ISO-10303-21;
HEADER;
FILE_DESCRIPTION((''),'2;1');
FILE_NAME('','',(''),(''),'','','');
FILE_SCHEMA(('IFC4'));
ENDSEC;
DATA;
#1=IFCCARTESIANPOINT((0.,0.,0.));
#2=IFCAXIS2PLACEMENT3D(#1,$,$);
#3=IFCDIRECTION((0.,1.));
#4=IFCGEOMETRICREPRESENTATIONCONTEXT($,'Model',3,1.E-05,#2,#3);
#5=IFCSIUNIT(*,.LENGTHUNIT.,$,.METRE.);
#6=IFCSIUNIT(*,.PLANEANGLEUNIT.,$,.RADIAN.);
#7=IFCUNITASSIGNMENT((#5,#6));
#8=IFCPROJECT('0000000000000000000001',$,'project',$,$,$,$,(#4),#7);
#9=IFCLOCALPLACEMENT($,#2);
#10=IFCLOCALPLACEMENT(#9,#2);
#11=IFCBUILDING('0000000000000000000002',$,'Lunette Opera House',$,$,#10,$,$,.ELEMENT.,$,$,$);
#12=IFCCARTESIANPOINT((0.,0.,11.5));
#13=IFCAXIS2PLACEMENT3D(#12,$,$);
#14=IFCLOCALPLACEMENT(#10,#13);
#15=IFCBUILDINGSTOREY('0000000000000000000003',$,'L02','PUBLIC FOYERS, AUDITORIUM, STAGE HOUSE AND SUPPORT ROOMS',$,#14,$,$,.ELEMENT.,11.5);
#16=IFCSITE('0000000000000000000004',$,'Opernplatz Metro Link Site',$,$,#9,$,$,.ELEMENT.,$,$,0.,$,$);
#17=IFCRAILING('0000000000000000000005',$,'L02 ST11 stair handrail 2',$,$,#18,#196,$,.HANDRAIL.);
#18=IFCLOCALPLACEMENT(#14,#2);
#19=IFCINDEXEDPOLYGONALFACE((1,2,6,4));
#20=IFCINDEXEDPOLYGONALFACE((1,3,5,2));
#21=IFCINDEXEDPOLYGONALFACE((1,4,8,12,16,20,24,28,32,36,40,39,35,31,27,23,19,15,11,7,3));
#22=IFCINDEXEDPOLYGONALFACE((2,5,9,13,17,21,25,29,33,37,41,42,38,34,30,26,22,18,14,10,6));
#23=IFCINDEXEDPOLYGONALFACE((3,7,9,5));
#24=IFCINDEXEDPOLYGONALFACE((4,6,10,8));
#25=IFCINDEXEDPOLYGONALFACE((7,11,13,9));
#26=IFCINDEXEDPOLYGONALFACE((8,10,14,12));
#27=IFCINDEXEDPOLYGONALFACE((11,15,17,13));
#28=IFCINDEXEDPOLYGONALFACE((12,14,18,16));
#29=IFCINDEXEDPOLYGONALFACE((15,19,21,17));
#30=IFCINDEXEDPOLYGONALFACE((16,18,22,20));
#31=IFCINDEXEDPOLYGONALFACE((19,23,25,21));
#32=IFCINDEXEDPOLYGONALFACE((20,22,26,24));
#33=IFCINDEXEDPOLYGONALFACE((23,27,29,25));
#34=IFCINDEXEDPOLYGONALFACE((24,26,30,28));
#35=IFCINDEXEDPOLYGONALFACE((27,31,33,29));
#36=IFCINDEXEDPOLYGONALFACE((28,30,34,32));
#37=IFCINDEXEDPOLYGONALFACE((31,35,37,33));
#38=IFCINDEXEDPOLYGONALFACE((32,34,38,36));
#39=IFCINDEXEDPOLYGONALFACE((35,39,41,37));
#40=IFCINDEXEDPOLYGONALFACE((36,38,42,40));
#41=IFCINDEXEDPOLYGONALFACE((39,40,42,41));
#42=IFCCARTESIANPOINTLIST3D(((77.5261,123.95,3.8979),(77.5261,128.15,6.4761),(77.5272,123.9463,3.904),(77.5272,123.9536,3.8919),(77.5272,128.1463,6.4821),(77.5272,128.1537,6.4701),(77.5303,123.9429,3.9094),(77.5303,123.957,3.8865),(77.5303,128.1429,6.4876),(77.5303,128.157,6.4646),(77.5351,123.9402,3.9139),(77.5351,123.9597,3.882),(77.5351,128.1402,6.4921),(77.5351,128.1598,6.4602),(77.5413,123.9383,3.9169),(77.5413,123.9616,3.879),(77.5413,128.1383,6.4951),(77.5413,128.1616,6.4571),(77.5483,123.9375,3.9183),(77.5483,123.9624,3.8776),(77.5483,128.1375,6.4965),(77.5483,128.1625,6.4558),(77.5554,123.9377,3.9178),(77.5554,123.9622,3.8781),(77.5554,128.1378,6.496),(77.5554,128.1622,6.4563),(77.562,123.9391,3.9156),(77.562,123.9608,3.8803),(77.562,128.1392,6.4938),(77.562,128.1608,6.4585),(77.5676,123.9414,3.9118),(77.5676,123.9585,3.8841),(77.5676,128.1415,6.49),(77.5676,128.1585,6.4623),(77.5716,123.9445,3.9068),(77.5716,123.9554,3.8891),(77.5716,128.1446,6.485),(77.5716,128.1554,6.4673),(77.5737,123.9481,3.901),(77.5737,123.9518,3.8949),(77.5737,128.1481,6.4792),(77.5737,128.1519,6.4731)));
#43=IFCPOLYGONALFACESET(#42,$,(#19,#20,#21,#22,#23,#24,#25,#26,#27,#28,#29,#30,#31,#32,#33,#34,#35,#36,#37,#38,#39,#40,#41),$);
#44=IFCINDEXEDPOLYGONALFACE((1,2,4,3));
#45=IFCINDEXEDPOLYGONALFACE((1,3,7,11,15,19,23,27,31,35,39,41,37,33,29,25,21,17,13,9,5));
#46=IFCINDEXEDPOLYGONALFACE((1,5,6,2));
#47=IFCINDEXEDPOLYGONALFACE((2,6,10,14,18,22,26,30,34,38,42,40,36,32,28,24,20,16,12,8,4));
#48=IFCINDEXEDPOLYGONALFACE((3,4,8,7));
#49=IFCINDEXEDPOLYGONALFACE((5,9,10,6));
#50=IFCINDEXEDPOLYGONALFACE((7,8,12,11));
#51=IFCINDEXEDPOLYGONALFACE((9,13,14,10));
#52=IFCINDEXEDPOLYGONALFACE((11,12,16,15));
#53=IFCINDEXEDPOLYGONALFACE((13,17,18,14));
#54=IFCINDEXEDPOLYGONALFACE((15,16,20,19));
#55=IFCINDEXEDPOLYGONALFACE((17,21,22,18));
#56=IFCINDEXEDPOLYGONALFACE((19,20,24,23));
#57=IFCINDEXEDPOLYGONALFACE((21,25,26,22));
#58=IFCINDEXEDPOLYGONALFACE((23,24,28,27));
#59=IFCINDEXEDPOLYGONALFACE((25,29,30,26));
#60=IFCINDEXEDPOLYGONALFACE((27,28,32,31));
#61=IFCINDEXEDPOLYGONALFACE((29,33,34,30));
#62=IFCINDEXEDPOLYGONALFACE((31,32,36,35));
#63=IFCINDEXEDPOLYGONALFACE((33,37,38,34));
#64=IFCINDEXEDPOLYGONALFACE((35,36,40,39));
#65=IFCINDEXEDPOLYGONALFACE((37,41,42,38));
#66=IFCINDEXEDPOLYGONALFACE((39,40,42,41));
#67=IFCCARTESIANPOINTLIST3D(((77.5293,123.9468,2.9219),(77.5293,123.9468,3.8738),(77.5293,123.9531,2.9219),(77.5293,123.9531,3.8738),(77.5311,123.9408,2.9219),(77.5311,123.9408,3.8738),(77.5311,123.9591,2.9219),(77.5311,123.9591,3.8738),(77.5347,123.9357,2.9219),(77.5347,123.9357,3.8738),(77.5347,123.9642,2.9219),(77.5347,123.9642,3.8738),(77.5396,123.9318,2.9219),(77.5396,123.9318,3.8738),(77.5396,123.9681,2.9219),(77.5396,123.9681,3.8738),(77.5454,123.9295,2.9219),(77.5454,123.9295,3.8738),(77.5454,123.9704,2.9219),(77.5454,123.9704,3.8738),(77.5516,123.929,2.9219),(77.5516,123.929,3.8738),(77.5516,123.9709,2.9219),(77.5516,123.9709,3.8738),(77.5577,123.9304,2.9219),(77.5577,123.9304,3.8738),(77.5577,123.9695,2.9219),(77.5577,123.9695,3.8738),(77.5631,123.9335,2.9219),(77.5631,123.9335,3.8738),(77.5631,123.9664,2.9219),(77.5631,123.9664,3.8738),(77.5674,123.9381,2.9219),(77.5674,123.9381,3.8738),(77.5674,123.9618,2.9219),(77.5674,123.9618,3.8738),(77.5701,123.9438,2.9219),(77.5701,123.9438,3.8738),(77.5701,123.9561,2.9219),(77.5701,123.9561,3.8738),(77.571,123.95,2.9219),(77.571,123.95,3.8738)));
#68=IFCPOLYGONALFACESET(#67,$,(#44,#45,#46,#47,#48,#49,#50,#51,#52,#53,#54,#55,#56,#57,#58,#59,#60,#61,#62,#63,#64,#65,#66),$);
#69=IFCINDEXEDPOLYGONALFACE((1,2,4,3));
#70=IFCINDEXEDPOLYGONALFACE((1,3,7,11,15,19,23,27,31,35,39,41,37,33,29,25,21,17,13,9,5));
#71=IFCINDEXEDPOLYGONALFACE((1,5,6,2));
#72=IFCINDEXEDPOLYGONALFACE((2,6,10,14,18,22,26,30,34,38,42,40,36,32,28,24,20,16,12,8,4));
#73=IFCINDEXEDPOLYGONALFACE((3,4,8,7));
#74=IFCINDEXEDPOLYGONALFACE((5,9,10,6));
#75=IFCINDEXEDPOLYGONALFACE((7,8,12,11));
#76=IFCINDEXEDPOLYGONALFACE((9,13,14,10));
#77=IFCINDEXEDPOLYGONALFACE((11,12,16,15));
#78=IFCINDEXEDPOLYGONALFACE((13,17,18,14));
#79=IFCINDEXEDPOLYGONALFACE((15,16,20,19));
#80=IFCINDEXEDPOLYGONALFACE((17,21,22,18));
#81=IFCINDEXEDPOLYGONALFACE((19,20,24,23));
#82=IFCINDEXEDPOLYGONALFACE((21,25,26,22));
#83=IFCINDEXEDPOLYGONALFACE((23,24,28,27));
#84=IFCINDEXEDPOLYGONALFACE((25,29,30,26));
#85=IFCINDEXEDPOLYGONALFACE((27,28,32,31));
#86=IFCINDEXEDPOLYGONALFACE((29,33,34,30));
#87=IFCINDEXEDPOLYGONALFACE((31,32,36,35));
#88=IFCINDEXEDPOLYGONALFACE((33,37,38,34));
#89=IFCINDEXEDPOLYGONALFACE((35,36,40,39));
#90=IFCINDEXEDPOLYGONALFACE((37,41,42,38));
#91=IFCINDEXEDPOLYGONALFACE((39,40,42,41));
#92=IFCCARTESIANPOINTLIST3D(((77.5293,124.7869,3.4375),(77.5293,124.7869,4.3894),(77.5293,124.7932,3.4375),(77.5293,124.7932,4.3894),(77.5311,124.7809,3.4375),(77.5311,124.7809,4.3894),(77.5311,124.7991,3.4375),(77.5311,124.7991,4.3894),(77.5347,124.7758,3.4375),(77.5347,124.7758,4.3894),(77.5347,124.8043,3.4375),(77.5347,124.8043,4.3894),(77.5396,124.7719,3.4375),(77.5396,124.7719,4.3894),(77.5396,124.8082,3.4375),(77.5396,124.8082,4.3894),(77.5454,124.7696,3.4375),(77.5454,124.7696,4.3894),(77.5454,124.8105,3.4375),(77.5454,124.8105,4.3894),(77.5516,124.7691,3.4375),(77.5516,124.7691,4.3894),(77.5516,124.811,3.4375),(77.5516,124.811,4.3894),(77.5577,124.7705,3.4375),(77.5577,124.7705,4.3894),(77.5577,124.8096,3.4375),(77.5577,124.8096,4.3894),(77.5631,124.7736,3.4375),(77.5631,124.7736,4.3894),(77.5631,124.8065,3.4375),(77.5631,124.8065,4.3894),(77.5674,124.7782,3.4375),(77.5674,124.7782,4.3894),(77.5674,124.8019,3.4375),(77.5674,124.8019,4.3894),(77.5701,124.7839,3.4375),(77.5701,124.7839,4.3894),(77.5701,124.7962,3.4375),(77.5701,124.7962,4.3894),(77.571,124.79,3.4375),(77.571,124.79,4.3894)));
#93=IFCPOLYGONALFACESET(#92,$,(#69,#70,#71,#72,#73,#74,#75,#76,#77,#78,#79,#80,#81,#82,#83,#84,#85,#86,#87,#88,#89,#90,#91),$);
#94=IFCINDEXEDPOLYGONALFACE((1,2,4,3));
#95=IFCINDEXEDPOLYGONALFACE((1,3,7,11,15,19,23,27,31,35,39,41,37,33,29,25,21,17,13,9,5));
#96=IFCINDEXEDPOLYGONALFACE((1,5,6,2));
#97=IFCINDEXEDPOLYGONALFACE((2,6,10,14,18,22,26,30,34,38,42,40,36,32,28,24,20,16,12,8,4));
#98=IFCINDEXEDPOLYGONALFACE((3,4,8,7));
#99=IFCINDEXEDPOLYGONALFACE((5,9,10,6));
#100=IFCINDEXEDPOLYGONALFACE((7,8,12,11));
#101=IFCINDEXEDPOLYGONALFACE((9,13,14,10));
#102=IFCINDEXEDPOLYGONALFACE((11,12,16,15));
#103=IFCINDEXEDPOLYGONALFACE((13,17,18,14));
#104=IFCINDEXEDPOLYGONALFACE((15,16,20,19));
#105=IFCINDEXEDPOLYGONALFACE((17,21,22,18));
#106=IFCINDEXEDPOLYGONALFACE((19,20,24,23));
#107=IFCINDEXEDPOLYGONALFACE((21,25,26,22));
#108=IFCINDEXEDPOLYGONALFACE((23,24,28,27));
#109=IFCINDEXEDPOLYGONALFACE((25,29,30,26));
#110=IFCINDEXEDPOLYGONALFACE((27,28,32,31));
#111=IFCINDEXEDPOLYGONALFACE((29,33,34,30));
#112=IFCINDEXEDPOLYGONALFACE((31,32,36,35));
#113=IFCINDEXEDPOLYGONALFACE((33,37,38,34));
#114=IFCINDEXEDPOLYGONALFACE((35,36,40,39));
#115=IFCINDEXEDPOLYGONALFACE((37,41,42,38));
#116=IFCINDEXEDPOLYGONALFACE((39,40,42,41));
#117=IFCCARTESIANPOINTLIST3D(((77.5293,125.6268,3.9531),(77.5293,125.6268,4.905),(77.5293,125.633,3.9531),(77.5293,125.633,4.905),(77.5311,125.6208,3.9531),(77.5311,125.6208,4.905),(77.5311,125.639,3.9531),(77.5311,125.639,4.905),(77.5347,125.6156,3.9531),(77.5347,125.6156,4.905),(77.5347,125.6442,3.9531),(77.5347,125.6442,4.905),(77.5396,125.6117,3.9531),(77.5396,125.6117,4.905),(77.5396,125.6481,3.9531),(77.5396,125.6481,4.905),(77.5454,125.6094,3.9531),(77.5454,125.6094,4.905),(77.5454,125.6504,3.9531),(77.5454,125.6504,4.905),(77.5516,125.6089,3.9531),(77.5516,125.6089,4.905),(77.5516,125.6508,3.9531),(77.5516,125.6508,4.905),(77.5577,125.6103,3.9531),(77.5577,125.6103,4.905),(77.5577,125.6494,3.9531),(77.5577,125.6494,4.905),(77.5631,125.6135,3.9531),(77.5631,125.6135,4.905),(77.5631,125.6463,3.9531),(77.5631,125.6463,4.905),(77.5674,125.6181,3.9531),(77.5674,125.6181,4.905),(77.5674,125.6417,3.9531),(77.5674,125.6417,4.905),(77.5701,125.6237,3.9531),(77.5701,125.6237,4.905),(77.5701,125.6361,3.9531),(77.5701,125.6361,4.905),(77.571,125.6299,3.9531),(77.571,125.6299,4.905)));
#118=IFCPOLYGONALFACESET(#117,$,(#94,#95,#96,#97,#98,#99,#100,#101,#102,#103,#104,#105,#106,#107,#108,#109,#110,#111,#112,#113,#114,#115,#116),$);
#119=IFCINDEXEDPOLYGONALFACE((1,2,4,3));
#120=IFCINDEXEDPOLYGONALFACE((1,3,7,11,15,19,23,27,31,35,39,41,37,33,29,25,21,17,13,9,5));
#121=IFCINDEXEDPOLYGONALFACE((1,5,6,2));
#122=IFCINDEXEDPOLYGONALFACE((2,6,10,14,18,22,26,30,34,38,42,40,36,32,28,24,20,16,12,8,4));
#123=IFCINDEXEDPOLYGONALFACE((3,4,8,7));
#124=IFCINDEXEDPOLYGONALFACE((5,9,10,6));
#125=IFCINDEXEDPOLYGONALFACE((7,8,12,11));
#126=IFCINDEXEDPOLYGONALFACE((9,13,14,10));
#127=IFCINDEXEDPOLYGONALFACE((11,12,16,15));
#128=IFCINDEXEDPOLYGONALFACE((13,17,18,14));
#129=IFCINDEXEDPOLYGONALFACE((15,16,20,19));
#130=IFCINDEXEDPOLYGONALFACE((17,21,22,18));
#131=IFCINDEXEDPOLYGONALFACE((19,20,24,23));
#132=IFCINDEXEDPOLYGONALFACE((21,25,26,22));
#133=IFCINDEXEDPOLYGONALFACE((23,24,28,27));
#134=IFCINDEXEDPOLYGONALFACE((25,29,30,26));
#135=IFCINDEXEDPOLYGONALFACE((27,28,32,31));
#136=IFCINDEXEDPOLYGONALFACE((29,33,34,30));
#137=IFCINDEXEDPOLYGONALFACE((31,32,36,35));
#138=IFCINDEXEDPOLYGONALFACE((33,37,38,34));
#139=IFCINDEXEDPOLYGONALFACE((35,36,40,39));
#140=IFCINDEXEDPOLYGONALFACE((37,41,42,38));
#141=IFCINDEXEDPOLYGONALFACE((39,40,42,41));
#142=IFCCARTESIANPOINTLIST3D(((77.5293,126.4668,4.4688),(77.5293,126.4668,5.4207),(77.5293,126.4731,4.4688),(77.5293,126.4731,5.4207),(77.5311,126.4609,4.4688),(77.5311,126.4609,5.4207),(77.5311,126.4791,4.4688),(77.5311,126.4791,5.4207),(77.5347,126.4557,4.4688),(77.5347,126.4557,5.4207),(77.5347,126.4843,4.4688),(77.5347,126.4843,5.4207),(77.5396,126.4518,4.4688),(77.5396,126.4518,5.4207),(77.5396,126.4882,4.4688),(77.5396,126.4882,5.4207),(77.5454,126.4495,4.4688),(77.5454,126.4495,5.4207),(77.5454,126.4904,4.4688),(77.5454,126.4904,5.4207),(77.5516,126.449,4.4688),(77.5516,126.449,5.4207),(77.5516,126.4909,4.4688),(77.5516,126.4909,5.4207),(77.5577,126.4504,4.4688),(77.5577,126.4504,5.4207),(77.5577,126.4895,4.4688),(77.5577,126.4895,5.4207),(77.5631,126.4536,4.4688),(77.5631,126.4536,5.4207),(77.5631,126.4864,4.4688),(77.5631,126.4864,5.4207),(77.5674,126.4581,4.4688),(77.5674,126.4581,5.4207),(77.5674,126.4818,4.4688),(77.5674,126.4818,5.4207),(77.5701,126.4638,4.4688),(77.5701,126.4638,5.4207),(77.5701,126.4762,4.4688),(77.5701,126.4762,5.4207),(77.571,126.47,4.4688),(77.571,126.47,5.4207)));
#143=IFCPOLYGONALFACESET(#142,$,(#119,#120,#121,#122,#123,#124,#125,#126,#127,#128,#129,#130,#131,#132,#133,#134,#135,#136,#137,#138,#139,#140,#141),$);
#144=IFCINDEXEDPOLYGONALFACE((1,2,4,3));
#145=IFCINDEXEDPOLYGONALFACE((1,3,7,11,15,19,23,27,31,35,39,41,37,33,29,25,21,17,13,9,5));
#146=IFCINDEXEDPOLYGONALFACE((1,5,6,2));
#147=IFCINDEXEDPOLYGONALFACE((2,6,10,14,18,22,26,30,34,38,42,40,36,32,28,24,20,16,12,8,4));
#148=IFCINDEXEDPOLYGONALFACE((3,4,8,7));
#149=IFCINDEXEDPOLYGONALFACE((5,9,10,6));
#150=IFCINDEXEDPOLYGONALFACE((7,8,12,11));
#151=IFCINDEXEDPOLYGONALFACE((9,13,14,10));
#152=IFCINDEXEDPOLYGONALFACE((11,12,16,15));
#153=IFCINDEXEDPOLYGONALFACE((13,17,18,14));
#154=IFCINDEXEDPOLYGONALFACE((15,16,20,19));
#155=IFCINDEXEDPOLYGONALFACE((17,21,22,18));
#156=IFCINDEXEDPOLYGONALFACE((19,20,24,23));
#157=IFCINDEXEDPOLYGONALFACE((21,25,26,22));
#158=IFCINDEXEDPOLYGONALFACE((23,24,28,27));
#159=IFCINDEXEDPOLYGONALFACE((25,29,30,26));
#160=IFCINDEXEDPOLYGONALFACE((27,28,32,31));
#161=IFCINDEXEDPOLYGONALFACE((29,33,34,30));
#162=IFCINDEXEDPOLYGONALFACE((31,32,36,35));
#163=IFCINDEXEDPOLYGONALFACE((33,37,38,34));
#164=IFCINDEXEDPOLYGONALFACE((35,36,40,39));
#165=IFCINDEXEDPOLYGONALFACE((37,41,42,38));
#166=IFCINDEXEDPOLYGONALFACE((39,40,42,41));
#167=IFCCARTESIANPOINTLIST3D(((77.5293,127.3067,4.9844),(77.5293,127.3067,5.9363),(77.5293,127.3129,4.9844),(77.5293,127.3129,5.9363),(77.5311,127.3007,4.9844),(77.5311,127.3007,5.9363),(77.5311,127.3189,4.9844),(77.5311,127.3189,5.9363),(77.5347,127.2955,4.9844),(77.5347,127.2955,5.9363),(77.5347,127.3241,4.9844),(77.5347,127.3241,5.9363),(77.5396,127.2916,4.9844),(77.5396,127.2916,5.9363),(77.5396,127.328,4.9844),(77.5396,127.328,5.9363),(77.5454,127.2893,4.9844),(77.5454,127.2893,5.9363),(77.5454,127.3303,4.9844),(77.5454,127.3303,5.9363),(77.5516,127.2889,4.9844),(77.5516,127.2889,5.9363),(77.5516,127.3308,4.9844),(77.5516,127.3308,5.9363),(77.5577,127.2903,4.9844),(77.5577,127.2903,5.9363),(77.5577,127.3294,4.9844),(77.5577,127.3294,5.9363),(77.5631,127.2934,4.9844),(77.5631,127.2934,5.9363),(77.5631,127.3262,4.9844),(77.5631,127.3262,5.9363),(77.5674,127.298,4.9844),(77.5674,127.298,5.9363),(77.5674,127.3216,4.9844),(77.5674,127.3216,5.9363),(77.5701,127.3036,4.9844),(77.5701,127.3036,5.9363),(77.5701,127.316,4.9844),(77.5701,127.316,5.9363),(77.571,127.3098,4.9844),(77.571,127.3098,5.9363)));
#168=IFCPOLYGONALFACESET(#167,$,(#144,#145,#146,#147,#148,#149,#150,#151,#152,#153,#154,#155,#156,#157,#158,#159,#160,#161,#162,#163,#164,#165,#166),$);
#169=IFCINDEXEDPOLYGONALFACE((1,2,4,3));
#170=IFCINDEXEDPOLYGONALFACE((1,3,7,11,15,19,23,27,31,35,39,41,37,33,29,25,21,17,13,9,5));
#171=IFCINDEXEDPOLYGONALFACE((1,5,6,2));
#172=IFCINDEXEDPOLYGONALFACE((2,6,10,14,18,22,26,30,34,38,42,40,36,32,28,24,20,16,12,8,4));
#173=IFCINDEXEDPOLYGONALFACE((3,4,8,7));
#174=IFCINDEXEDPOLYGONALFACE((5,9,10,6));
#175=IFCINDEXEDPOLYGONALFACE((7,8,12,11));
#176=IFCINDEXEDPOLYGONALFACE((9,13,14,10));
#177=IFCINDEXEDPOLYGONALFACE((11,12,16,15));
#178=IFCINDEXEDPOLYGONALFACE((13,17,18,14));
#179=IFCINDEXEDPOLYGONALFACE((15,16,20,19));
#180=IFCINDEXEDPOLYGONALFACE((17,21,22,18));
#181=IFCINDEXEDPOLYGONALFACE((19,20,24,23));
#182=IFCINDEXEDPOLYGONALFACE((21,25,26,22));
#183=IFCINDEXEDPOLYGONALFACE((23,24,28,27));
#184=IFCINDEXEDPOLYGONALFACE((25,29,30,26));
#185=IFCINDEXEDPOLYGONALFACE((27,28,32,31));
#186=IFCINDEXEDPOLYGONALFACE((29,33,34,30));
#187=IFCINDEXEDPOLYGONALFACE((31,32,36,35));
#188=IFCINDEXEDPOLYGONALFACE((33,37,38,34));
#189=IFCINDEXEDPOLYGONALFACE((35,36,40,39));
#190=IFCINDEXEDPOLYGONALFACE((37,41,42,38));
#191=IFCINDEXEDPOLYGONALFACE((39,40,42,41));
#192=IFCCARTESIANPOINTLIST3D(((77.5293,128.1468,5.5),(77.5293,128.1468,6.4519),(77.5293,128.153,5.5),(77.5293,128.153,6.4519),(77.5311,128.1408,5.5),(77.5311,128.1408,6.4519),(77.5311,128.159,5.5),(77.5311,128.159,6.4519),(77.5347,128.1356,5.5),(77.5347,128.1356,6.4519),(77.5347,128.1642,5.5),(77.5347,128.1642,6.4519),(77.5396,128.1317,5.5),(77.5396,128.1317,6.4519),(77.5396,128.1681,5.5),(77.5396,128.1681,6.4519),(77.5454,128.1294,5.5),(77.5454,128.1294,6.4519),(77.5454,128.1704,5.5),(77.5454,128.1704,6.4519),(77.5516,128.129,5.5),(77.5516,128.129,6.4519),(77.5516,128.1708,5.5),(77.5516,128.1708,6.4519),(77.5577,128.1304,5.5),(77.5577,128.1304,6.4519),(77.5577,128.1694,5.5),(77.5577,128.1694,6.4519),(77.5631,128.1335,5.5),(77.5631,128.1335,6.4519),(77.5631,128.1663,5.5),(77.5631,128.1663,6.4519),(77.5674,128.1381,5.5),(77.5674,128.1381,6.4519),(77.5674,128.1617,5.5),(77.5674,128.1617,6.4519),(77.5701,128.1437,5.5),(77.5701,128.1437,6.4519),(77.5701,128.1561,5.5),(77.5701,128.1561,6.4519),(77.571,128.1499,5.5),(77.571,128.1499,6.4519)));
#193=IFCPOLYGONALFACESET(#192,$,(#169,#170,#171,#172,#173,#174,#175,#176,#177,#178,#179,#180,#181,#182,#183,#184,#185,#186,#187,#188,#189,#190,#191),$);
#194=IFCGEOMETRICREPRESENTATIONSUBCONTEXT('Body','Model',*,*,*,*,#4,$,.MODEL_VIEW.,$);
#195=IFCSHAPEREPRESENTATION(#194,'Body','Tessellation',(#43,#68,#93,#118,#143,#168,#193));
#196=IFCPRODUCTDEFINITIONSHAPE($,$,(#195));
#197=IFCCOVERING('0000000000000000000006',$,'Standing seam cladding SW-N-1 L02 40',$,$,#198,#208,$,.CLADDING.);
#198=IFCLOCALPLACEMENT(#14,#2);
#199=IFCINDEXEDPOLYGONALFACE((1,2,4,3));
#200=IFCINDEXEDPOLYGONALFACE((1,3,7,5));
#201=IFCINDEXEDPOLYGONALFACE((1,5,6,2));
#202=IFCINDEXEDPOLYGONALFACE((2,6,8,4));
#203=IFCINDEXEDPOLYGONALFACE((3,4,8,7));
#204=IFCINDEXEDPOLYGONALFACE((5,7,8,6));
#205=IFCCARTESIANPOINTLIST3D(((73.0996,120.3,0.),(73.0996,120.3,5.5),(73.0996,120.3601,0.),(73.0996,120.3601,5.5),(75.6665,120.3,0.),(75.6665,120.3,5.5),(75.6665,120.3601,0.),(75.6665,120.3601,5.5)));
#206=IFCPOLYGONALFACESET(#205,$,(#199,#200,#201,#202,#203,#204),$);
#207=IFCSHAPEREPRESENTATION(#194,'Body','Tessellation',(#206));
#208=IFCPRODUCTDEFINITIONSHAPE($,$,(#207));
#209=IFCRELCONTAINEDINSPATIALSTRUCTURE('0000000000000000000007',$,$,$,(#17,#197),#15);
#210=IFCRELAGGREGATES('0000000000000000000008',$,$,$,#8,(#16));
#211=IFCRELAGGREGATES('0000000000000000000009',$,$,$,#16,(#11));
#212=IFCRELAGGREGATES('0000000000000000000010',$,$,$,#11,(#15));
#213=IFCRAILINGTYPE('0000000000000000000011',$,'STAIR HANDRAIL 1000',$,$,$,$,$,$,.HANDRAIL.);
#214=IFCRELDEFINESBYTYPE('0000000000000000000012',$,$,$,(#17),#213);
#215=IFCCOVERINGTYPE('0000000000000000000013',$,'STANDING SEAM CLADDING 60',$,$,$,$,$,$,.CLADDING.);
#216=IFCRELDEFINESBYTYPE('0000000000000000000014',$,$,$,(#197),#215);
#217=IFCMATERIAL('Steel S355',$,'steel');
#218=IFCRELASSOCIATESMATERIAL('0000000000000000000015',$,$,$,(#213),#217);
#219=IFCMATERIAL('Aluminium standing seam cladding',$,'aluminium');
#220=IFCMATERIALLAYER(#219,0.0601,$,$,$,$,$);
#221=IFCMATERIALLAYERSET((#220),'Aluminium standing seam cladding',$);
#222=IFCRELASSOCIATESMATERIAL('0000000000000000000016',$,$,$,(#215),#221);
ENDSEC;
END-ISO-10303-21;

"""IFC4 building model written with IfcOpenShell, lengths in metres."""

from ifc_helpers import new_model, si_unit, direction, frame, origin, origin_2d, place, context, subcontext, project, spatial, rectangle, circle, extrude, material, layer, layer_set, type_object, element, save


model = new_model("IFC4")

# Units and contexts
model_context = context("Model", 3, precision=1e-05, world=origin(), true_north=direction((0.0, 1.0)))
body_context = subcontext(model_context, "Body", "Model", "MODEL_VIEW")
ifc_project = project(units=[si_unit("LENGTHUNIT", "METRE"), si_unit("PLANEANGLEUNIT", "RADIAN")], contexts=[model_context])

# Site, building, storey
site_placement = place(None, origin())
site = spatial("IfcSite", under=ifc_project, at=site_placement, Name="Opernplatz Metro Link Site", CompositionType="ELEMENT", RefElevation=0.0)
building_placement = place(site_placement, origin())
building = spatial("IfcBuilding", under=site, at=building_placement, Name="Lunette Opera House", CompositionType="ELEMENT")
storey_placement = place(building_placement, frame((0.0, 0.0, 11.5)))
storey = spatial("IfcBuildingStorey", under=building, at=storey_placement, Name="L02", Description="PUBLIC FOYERS, AUDITORIUM, STAGE HOUSE AND SUPPORT ROOMS", CompositionType="ELEMENT", Elevation=11.5)

# Railing
ifc_material_1 = material(Name="Steel S355", Category="steel")
railing_type_1 = type_object("IfcRailingType", Name="STAIR HANDRAIL 1000", PredefinedType="HANDRAIL", material=ifc_material_1)
railing_1_placement = place(storey_placement, frame((77.55, 123.95, 2.9219)))
element("IfcRailing", 1, at=railing_1_placement, inside=storey, type_object=railing_type_1, Name="L02 ST11 stair handrail 2", PredefinedType="HANDRAIL", context=body_context, shape_type="SweptSolid", body=[
    extrude(circle(Radius=0.0239, at=origin_2d()), frame((0.0, 0.0, 0.9761), z_axis=(0.0, 0.852243, 0.523146), x_axis=(-1.0, 0.0, 0.0)), (0.0, 0.0, 1.0), 4.9282),
    extrude(circle(Radius=0.021, at=origin_2d()), origin(), (0.0, 0.0, 1.0), 0.9519),
    extrude(circle(Radius=0.021, at=origin_2d()), frame((0.0, 0.8401, 0.5156)), (0.0, 0.0, 1.0), 0.9519),
    extrude(circle(Radius=0.021, at=origin_2d()), frame((0.0, 1.6799, 1.0312)), (0.0, 0.0, 1.0), 0.9519),
    extrude(circle(Radius=0.021, at=origin_2d()), frame((0.0, 2.52, 1.5469)), (0.0, 0.0, 1.0), 0.9519),
    extrude(circle(Radius=0.021, at=origin_2d()), frame((0.0, 3.3599, 2.0625)), (0.0, 0.0, 1.0), 0.9519),
    extrude(circle(Radius=0.021, at=origin_2d()), frame((0.0, 4.2, 2.5781)), (0.0, 0.0, 1.0), 0.9519),
])

# Covering
ifc_material_2 = material(Name="Aluminium standing seam cladding", Category="aluminium")
ifc_layer_1 = layer(ifc_material_2, 0.0601)
ifc_layer_set_1 = layer_set([ifc_layer_1], Name="Aluminium standing seam cladding")
covering_type = type_object("IfcCoveringType", Name="STANDING SEAM CLADDING 60", PredefinedType="CLADDING", material=ifc_layer_set_1)
for number, where, z_axis, x_axis, name in (
    (2, (74.3831, 120.3301, 0.0), (0.0, 0.0, 1.0), (1.0, 0.0, 0.0), "Standing seam cladding SW-N-1 L02 40"),
):
    element("IfcCovering", number, at=place(storey_placement, frame(where, z_axis=z_axis, x_axis=x_axis)), inside=storey, type_object=covering_type, Name=name, PredefinedType="CLADDING", context=body_context, shape_type="SweptSolid", body=[
        extrude(rectangle(XDim=2.5669, YDim=0.0601, at=origin_2d()), origin(), (0.0, 0.0, 1.0), 5.5),
    ])

save(model, "model.ifc")
